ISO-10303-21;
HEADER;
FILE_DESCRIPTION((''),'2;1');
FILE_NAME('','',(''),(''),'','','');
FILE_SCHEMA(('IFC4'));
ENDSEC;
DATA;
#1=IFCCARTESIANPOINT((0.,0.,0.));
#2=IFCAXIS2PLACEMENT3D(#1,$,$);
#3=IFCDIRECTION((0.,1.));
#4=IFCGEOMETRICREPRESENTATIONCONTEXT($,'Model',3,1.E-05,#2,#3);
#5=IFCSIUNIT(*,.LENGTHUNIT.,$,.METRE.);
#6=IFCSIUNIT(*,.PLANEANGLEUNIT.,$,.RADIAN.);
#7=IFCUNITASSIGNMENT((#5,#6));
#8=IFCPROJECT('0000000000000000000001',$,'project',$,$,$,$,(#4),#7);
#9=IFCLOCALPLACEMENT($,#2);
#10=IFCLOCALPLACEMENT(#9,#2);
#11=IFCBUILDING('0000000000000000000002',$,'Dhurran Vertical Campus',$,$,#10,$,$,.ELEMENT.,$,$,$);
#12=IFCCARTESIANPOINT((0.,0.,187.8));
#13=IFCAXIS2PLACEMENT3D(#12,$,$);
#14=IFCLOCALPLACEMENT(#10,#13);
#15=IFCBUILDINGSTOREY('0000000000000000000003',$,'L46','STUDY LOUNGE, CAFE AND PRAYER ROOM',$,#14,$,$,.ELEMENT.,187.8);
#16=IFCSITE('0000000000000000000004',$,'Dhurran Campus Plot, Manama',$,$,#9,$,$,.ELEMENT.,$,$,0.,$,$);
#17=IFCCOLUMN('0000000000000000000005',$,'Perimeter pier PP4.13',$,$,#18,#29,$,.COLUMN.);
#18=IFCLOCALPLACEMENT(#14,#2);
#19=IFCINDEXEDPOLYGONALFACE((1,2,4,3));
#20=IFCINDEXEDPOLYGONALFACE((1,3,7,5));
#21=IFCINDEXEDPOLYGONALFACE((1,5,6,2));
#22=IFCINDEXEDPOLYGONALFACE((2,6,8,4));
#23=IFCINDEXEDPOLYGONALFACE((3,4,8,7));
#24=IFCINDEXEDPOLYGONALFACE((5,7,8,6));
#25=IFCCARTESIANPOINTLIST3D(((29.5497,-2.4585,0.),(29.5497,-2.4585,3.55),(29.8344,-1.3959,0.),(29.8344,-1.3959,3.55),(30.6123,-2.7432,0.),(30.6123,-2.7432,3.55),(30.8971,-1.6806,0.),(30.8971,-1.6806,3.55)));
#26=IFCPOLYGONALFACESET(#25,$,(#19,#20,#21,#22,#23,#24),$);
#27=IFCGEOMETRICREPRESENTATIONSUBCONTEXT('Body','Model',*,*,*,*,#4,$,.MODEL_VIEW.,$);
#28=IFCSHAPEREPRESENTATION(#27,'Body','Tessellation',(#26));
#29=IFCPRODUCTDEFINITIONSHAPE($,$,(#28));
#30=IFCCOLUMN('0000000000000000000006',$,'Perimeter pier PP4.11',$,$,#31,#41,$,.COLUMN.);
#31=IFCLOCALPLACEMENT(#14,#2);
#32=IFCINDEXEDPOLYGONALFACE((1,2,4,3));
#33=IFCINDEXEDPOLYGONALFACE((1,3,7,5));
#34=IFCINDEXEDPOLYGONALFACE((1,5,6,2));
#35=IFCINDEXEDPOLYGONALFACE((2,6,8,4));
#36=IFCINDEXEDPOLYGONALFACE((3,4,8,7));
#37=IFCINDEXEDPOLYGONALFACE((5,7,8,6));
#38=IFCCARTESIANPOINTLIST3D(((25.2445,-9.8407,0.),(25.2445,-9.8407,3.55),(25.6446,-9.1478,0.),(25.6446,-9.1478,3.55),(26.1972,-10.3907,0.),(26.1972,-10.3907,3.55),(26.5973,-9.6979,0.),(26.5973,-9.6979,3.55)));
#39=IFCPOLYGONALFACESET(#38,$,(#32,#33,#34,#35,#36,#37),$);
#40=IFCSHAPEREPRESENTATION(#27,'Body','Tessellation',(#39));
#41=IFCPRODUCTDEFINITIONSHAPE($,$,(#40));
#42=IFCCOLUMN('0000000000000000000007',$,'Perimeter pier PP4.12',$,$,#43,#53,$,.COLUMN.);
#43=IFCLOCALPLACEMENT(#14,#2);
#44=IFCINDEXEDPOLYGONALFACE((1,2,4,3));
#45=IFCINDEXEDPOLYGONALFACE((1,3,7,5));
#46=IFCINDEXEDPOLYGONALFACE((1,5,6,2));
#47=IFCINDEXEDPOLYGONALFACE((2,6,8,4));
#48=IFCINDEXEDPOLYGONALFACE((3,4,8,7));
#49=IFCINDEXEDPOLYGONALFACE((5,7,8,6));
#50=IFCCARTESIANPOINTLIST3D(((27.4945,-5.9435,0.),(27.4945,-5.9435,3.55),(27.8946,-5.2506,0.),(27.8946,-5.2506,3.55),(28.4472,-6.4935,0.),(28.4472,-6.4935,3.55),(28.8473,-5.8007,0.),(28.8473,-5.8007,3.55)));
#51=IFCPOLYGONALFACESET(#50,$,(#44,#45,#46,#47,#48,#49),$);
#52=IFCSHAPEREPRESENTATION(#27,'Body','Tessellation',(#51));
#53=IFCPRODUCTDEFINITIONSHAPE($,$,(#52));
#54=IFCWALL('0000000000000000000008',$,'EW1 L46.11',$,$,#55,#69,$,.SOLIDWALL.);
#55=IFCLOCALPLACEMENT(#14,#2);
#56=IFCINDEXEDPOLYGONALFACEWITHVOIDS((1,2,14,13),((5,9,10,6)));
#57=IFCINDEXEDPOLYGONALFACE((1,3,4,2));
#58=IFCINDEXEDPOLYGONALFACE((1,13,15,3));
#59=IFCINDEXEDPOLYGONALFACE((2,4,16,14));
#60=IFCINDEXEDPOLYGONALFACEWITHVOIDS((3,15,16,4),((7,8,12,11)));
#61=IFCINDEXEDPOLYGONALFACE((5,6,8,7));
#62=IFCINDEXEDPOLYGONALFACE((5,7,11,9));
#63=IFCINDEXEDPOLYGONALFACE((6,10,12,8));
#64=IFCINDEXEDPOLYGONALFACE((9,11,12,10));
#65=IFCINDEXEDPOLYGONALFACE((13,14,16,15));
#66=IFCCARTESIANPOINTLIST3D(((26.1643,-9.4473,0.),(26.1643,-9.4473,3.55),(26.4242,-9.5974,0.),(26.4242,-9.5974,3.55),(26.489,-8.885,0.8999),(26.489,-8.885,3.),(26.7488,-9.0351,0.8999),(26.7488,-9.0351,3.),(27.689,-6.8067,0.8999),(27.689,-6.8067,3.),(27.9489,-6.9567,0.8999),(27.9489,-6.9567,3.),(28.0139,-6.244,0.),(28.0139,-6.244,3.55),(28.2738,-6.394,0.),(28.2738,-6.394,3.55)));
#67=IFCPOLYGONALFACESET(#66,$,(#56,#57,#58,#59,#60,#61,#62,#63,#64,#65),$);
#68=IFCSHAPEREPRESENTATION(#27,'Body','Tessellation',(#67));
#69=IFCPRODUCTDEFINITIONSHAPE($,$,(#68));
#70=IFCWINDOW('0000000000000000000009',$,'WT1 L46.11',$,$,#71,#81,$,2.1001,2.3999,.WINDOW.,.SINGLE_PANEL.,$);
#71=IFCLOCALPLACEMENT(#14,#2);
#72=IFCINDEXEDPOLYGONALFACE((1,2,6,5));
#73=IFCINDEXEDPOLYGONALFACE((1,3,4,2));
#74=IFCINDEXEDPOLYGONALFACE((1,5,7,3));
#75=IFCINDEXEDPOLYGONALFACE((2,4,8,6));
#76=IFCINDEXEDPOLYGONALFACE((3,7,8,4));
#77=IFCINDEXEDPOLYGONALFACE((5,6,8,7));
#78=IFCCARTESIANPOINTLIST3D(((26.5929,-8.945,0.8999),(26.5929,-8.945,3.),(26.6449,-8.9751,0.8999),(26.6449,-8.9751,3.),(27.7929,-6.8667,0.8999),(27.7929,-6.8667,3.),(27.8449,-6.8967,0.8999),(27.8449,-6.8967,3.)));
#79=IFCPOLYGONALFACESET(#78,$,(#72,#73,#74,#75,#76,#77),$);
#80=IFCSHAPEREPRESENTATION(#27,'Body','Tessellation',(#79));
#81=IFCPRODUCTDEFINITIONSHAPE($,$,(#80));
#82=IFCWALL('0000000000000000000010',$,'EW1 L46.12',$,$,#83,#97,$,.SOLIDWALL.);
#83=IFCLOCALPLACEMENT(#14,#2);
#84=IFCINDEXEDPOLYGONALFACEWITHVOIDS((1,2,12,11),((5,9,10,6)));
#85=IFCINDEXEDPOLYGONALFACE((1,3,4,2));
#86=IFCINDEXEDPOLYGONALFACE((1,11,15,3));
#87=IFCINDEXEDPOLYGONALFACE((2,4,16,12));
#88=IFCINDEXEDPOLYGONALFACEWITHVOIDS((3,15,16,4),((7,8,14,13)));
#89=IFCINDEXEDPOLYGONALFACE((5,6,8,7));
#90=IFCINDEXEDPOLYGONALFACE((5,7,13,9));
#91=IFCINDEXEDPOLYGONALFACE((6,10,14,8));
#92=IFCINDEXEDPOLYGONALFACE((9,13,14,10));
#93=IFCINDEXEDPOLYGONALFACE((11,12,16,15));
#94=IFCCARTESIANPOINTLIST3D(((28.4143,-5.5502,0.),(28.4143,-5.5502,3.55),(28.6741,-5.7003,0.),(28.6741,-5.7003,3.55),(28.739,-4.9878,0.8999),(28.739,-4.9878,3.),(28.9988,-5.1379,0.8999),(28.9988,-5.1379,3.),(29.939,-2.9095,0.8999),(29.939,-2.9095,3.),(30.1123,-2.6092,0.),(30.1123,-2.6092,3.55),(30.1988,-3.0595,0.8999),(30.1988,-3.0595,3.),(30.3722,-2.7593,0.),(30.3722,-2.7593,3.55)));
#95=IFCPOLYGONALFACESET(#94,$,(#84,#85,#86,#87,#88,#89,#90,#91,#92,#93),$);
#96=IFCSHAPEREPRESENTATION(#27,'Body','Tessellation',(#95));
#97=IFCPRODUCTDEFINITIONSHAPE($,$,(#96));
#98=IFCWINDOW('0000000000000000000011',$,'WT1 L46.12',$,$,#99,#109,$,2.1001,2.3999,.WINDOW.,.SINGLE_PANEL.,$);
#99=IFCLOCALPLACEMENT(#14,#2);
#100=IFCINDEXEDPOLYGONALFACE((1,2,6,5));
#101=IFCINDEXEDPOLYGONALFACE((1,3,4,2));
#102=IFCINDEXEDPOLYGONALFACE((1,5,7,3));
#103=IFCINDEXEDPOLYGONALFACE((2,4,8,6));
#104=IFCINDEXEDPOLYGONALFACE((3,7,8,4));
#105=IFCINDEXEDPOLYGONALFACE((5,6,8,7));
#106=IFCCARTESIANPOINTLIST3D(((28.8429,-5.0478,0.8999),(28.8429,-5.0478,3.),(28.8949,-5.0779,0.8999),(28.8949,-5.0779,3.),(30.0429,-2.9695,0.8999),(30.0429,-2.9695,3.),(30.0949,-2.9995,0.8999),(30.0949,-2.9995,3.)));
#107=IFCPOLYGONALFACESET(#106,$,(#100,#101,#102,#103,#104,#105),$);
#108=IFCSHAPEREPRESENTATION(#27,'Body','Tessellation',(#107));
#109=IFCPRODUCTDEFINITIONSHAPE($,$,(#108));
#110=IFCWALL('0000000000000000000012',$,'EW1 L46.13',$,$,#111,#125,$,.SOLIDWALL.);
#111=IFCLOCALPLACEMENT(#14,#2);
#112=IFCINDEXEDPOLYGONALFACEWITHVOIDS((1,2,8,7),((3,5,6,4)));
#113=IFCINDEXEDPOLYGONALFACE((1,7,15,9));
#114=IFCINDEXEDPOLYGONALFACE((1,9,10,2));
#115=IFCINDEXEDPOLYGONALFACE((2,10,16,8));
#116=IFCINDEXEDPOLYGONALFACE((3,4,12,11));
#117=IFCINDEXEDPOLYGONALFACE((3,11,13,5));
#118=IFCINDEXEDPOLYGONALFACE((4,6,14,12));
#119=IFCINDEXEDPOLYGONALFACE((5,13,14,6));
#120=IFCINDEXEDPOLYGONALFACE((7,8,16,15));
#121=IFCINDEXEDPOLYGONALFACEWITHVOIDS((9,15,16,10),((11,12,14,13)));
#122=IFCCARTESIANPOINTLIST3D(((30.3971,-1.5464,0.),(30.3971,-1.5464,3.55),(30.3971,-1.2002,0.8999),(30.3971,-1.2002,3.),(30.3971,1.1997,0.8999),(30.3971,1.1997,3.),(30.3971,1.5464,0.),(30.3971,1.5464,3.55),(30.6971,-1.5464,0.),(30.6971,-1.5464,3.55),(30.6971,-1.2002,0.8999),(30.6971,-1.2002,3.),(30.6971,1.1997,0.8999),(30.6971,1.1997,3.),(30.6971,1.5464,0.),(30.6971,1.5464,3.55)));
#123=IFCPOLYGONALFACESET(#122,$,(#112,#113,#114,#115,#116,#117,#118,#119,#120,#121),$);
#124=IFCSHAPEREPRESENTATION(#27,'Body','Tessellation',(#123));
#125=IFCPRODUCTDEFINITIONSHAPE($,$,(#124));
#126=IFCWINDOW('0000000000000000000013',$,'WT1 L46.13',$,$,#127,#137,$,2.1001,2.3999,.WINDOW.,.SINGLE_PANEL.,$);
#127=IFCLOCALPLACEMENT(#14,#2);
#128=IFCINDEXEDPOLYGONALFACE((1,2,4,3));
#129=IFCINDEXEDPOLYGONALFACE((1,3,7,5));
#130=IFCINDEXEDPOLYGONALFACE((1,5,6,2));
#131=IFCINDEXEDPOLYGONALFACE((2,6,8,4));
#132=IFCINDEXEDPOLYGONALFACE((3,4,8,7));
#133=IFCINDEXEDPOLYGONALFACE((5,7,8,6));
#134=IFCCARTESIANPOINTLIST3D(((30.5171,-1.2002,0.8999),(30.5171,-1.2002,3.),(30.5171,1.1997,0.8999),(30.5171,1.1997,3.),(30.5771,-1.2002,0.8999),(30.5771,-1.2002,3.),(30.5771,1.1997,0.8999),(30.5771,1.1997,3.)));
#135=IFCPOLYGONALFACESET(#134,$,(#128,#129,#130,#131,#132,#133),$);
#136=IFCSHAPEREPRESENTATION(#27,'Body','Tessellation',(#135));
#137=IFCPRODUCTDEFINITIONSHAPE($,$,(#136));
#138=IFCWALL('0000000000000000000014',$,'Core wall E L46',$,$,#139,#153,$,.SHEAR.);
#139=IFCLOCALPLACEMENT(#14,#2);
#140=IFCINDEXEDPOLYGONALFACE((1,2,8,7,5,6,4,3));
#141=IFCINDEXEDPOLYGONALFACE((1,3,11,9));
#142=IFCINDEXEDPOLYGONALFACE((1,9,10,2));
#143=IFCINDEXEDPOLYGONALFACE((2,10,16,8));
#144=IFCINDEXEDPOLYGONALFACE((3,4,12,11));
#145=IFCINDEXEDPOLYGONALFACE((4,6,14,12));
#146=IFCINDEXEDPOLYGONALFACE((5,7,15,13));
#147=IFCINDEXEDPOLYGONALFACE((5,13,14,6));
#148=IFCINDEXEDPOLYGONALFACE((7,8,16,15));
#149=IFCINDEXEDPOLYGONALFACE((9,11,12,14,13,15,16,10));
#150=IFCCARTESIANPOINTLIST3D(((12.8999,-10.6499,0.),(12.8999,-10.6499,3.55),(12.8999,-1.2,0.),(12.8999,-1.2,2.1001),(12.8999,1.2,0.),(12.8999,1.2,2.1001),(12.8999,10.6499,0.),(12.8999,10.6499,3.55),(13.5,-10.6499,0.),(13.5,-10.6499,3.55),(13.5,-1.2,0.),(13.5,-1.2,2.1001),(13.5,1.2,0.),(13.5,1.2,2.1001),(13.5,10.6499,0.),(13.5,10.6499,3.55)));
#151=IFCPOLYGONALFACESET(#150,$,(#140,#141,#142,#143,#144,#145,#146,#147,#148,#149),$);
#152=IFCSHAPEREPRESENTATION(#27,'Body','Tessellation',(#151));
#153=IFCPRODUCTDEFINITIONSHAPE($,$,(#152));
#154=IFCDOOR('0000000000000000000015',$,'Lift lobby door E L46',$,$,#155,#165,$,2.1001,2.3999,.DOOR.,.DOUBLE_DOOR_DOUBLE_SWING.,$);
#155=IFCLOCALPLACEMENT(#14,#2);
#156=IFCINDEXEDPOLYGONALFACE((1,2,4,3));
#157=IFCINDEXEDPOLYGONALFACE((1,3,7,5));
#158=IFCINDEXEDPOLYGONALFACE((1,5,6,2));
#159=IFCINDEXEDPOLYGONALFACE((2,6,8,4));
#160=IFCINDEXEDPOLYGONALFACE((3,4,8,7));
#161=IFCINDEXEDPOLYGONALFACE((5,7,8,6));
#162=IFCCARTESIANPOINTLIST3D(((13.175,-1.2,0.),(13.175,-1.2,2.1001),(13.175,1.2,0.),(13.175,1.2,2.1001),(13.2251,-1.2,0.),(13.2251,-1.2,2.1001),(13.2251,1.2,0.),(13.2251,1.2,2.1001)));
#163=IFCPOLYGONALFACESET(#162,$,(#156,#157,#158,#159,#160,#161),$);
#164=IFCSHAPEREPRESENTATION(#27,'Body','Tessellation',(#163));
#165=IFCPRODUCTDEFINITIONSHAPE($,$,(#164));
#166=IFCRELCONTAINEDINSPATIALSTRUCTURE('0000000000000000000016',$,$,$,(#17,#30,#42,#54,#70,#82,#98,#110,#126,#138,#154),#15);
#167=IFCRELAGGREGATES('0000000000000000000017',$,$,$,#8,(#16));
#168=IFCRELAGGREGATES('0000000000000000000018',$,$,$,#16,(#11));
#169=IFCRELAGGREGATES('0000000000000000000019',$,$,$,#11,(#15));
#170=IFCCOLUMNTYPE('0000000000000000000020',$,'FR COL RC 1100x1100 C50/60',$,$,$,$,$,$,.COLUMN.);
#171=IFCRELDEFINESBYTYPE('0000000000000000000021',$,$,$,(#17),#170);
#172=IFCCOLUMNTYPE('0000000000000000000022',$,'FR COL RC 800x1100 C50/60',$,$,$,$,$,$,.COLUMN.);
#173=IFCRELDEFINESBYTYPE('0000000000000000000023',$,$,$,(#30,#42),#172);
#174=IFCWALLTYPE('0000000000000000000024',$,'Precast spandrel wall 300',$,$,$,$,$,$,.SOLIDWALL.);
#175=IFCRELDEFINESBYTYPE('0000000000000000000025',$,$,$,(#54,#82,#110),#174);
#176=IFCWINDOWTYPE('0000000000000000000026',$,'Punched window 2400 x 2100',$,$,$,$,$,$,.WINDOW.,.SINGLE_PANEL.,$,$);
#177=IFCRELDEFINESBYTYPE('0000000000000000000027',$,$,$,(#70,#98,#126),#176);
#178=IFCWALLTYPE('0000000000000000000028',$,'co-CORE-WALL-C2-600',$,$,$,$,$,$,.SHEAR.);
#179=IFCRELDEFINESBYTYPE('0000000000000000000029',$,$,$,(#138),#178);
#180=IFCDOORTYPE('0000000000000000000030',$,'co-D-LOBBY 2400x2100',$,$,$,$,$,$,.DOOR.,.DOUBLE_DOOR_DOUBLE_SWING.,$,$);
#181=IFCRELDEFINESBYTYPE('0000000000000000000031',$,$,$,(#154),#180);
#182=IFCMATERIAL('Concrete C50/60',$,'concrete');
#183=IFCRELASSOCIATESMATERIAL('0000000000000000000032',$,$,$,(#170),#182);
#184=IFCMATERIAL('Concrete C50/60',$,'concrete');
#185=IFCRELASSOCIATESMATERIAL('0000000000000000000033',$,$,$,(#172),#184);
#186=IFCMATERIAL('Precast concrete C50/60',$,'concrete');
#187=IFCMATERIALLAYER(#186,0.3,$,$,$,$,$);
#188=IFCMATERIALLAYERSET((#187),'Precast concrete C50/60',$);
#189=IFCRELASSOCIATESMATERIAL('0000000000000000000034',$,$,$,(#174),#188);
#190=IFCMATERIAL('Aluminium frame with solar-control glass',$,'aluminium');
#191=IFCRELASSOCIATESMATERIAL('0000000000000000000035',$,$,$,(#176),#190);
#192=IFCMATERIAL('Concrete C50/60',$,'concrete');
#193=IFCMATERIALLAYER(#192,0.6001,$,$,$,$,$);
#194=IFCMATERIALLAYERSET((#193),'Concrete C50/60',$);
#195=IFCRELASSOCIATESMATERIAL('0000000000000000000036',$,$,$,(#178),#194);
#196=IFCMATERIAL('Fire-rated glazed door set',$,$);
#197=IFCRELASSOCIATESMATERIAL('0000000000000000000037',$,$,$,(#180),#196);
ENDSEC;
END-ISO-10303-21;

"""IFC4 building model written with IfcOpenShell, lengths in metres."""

from ifc_helpers import new_model, si_unit, direction, frame, frame_2d, origin, origin_2d, place, context, subcontext, project, spatial, rectangle, extrude, material, layer, layer_set, material_profile, profile_set, type_object, element, fill, save


model = new_model("IFC4")

# Units and contexts
model_context = context("Model", 3, precision=1e-05, world=origin(), true_north=direction((0.0, 1.0)))
body_context = subcontext(model_context, "Body", "Model", "MODEL_VIEW")
ifc_project = project(units=[si_unit("LENGTHUNIT", "METRE"), si_unit("PLANEANGLEUNIT", "RADIAN")], contexts=[model_context])

# Site, building, storey
site_placement = place(None, origin())
site = spatial("IfcSite", under=ifc_project, at=site_placement, Name="Dhurran Campus Plot, Manama", CompositionType="ELEMENT", RefElevation=0.0)
building_placement = place(site_placement, origin())
building = spatial("IfcBuilding", under=site, at=building_placement, Name="Dhurran Vertical Campus", CompositionType="ELEMENT")
storey_placement = place(building_placement, frame((0.0, 0.0, 187.8)))
storey = spatial("IfcBuildingStorey", under=building, at=storey_placement, Name="L46", Description="STUDY LOUNGE, CAFE AND PRAYER ROOM", CompositionType="ELEMENT", Elevation=187.8)

# Columns
ifc_material_1 = material(Name="Concrete C50/60", Category="concrete")
ifc_material_profile_1 = material_profile(ifc_material_1, rectangle(XDim=1.1001, YDim=1.1001, at=origin_2d()), Name="RC 1100x1100")
ifc_profile_set_1 = profile_set([ifc_material_profile_1], Name="Concrete C50/60")
column_type_1 = type_object("IfcColumnType", Name="FR COL RC 1100x1100 C50/60", PredefinedType="COLUMN", material=ifc_profile_set_1)
column_placement = place(storey_placement, frame((30.2234, -2.0696, 0.0), z_axis=(0.0, 0.0, 1.0), x_axis=(0.258819, 0.965926, 0.0)))
element("IfcColumn", 1, at=column_placement, inside=storey, type_object=column_type_1, Name="Perimeter pier PP4.13", PredefinedType="COLUMN", context=body_context, shape_type="SweptSolid", body=[
    extrude(rectangle(XDim=1.1001, YDim=1.1001, at=origin_2d()), origin(), (0.0, 0.0, 1.0), 3.55),
])
ifc_material_2 = material(Name="Concrete C50/60", Category="concrete")
ifc_material_profile_2 = material_profile(ifc_material_2, rectangle(XDim=0.8, YDim=1.1001, at=origin_2d()), Name="RC 800x1100")
ifc_profile_set_2 = profile_set([ifc_material_profile_2], Name="Concrete C50/60")
column_type_2 = type_object("IfcColumnType", Name="FR COL RC 800x1100 C50/60", PredefinedType="COLUMN", material=ifc_profile_set_2)
for number, where, z_axis, x_axis, name in (
    (2, (25.9209, -9.7693, 0.0), (0.0, 0.0, 1.0), (0.5, 0.866025, 0.0), "Perimeter pier PP4.11"),
    (3, (28.1709, -5.8721, 0.0), (0.0, 0.0, 1.0), (0.5, 0.866025, 0.0), "Perimeter pier PP4.12"),
):
    element("IfcColumn", number, at=place(storey_placement, frame(where, z_axis=z_axis, x_axis=x_axis)), inside=storey, type_object=column_type_2, Name=name, PredefinedType="COLUMN", context=body_context, shape_type="SweptSolid", body=[
        extrude(rectangle(XDim=0.8, YDim=1.1001, at=origin_2d()), origin(), (0.0, 0.0, 1.0), 3.55),
    ])

# Walls, openings, windows
ifc_material_3 = material(Name="Precast concrete C50/60", Category="concrete")
ifc_layer_1 = layer(ifc_material_3, 0.3)
ifc_layer_set_1 = layer_set([ifc_layer_1], Name="Precast concrete C50/60")
wall_type_1 = type_object("IfcWallType", Name="Precast spandrel wall 300", PredefinedType="SOLIDWALL", material=ifc_layer_set_1)
wall_1_placement = place(storey_placement, frame((26.2942, -9.5225, 0.0), z_axis=(0.0, 0.0, 1.0), x_axis=(0.500029, 0.866009, 0.0)))
wall_1 = element("IfcWall", 4, at=wall_1_placement, inside=storey, type_object=wall_type_1, Name="EW1 L46.11", PredefinedType="SOLIDWALL", context=body_context, shape_type="SweptSolid", body=[
    extrude(rectangle(XDim=3.699, YDim=0.3, at=frame_2d((1.8496, 0.0))), origin(), (0.0, 0.0, 1.0), 3.55),
])
opening_1_placement = place(wall_1_placement, frame((0.6494, 0.0, 0.8999)))
opening_1 = element("IfcOpeningElement", 5, at=opening_1_placement, cuts=wall_1, PredefinedType="OPENING", context=body_context, shape_type="SweptSolid", body=[
    extrude(rectangle(XDim=2.3999, YDim=2.1001, at=frame_2d((1.2, 1.05))), frame((0.0, 0.1599, 0.0), z_axis=(0.0, -1.0, 0.0), x_axis=(1.0, 0.0, 0.0)), (0.0, 0.0, 1.0), 0.3201),
])
ifc_material_4 = material(Name="Aluminium frame with solar-control glass", Category="aluminium")
window_type = type_object("IfcWindowType", Name="Punched window 2400 x 2100", PartitioningType="SINGLE_PANEL", PredefinedType="WINDOW", material=ifc_material_4)
window_1_placement = place(opening_1_placement, origin())
window_1 = element("IfcWindow", 6, at=window_1_placement, inside=storey, type_object=window_type, Name="WT1 L46.11", OverallHeight=2.1001, OverallWidth=2.3999, PartitioningType="SINGLE_PANEL", PredefinedType="WINDOW", context=body_context, shape_type="SweptSolid", body=[
    extrude(rectangle(XDim=2.3999, YDim=2.1001, at=frame_2d((1.2, 1.05))), frame((0.0, 0.03, 0.0), z_axis=(0.0, -1.0, 0.0), x_axis=(1.0, 0.0, 0.0)), (0.0, 0.0, 1.0), 0.0601),
])
fill(opening_1, window_1)
wall_2_placement = place(storey_placement, frame((28.5442, -5.6252, 0.0), z_axis=(0.0, 0.0, 1.0), x_axis=(0.500013, 0.866018, 0.0)))
wall_2 = element("IfcWall", 7, at=wall_2_placement, inside=storey, type_object=wall_type_1, Name="EW1 L46.12", PredefinedType="SOLIDWALL", context=body_context, shape_type="SweptSolid", body=[
    extrude(rectangle(XDim=3.396, YDim=0.3, at=frame_2d((1.698, 0.0))), origin(), (0.0, 0.0, 1.0), 3.55),
])
opening_2_placement = place(wall_2_placement, frame((0.6494, 0.0, 0.8999)))
opening_2 = element("IfcOpeningElement", 8, at=opening_2_placement, cuts=wall_2, PredefinedType="OPENING", context=body_context, shape_type="SweptSolid", body=[
    extrude(rectangle(XDim=2.3999, YDim=2.1001, at=frame_2d((1.2, 1.05))), frame((0.0, 0.1599, 0.0), z_axis=(0.0, -1.0, 0.0), x_axis=(1.0, 0.0, 0.0)), (0.0, 0.0, 1.0), 0.3201),
])
window_2_placement = place(opening_2_placement, origin())
window_2 = element("IfcWindow", 9, at=window_2_placement, inside=storey, type_object=window_type, Name="WT1 L46.12", OverallHeight=2.1001, OverallWidth=2.3999, PartitioningType="SINGLE_PANEL", PredefinedType="WINDOW", context=body_context, shape_type="SweptSolid", body=[
    extrude(rectangle(XDim=2.3999, YDim=2.1001, at=frame_2d((1.2, 1.05))), frame((0.0, 0.03, 0.0), z_axis=(0.0, -1.0, 0.0), x_axis=(1.0, 0.0, 0.0)), (0.0, 0.0, 1.0), 0.0601),
])
fill(opening_2, window_2)
wall_3_placement = place(storey_placement, frame((30.5471, -1.5464, 0.0), z_axis=(0.0, 0.0, 1.0), x_axis=(0.0, 1.0, 0.0)))
wall_3 = element("IfcWall", 10, at=wall_3_placement, inside=storey, type_object=wall_type_1, Name="EW1 L46.13", PredefinedType="SOLIDWALL", context=body_context, shape_type="SweptSolid", body=[
    extrude(rectangle(XDim=3.0928, YDim=0.3, at=frame_2d((1.5464, 0.0))), origin(), (0.0, 0.0, 1.0), 3.55),
])
opening_3_placement = place(wall_3_placement, frame((0.3462, 0.0, 0.8999)))
opening_3 = element("IfcOpeningElement", 11, at=opening_3_placement, cuts=wall_3, PredefinedType="OPENING", context=body_context, shape_type="SweptSolid", body=[
    extrude(rectangle(XDim=2.3999, YDim=2.1001, at=frame_2d((1.2, 1.05))), frame((0.0, 0.1599, 0.0), z_axis=(0.0, -1.0, 0.0), x_axis=(1.0, 0.0, 0.0)), (0.0, 0.0, 1.0), 0.3201),
])
window_3_placement = place(opening_3_placement, origin())
window_3 = element("IfcWindow", 12, at=window_3_placement, inside=storey, type_object=window_type, Name="WT1 L46.13", OverallHeight=2.1001, OverallWidth=2.3999, PartitioningType="SINGLE_PANEL", PredefinedType="WINDOW", context=body_context, shape_type="SweptSolid", body=[
    extrude(rectangle(XDim=2.3999, YDim=2.1001, at=frame_2d((1.2, 1.05))), frame((0.0, 0.03, 0.0), z_axis=(0.0, -1.0, 0.0), x_axis=(1.0, 0.0, 0.0)), (0.0, 0.0, 1.0), 0.0601),
])
fill(opening_3, window_3)

# Wall, opening, door
ifc_material_5 = material(Name="Concrete C50/60", Category="concrete")
ifc_layer_2 = layer(ifc_material_5, 0.6001)
ifc_layer_set_2 = layer_set([ifc_layer_2], Name="Concrete C50/60")
wall_type_2 = type_object("IfcWallType", Name="co-CORE-WALL-C2-600", PredefinedType="SHEAR", material=ifc_layer_set_2)
wall_4_placement = place(storey_placement, frame((13.2, -10.6499, 0.0), z_axis=(0.0, 0.0, 1.0), x_axis=(0.0, 1.0, 0.0)))
wall_4 = element("IfcWall", 13, at=wall_4_placement, inside=storey, type_object=wall_type_2, Name="Core wall E L46", PredefinedType="SHEAR", context=body_context, shape_type="SweptSolid", body=[
    extrude(rectangle(XDim=21.2998, YDim=0.6001, at=frame_2d((10.6499, 0.0))), origin(), (0.0, 0.0, 1.0), 3.55),
])
opening_4_placement = place(wall_4_placement, frame((9.45, 0.0, 0.0)))
opening_4 = element("IfcOpeningElement", 14, at=opening_4_placement, cuts=wall_4, PredefinedType="OPENING", context=body_context, shape_type="SweptSolid", body=[
    extrude(rectangle(XDim=2.3999, YDim=2.1001, at=frame_2d((1.2, 1.05))), frame((0.0, 0.3101, 0.0), z_axis=(0.0, -1.0, 0.0), x_axis=(1.0, 0.0, 0.0)), (0.0, 0.0, 1.0), 0.6201),
])
ifc_material_6 = material(Name="Fire-rated glazed door set")
door_type_1 = type_object("IfcDoorType", Name="co-D-LOBBY 2400x2100", OperationType="DOUBLE_DOOR_DOUBLE_SWING", PredefinedType="DOOR", material=ifc_material_6)
door_1_placement = place(opening_4_placement, origin())
door_1 = element("IfcDoor", 15, at=door_1_placement, inside=storey, type_object=door_type_1, Name="Lift lobby door E L46", OperationType="DOUBLE_DOOR_DOUBLE_SWING", OverallHeight=2.1001, OverallWidth=2.3999, PredefinedType="DOOR", context=body_context, shape_type="SweptSolid", body=[
    extrude(rectangle(XDim=2.3999, YDim=2.1001, at=frame_2d((1.2, 1.05))), frame((0.0, 0.0249, 0.0), z_axis=(0.0, -1.0, 0.0), x_axis=(1.0, 0.0, 0.0)), (0.0, 0.0, 1.0), 0.05),
])
fill(opening_4, door_1)

save(model, "model.ifc")
